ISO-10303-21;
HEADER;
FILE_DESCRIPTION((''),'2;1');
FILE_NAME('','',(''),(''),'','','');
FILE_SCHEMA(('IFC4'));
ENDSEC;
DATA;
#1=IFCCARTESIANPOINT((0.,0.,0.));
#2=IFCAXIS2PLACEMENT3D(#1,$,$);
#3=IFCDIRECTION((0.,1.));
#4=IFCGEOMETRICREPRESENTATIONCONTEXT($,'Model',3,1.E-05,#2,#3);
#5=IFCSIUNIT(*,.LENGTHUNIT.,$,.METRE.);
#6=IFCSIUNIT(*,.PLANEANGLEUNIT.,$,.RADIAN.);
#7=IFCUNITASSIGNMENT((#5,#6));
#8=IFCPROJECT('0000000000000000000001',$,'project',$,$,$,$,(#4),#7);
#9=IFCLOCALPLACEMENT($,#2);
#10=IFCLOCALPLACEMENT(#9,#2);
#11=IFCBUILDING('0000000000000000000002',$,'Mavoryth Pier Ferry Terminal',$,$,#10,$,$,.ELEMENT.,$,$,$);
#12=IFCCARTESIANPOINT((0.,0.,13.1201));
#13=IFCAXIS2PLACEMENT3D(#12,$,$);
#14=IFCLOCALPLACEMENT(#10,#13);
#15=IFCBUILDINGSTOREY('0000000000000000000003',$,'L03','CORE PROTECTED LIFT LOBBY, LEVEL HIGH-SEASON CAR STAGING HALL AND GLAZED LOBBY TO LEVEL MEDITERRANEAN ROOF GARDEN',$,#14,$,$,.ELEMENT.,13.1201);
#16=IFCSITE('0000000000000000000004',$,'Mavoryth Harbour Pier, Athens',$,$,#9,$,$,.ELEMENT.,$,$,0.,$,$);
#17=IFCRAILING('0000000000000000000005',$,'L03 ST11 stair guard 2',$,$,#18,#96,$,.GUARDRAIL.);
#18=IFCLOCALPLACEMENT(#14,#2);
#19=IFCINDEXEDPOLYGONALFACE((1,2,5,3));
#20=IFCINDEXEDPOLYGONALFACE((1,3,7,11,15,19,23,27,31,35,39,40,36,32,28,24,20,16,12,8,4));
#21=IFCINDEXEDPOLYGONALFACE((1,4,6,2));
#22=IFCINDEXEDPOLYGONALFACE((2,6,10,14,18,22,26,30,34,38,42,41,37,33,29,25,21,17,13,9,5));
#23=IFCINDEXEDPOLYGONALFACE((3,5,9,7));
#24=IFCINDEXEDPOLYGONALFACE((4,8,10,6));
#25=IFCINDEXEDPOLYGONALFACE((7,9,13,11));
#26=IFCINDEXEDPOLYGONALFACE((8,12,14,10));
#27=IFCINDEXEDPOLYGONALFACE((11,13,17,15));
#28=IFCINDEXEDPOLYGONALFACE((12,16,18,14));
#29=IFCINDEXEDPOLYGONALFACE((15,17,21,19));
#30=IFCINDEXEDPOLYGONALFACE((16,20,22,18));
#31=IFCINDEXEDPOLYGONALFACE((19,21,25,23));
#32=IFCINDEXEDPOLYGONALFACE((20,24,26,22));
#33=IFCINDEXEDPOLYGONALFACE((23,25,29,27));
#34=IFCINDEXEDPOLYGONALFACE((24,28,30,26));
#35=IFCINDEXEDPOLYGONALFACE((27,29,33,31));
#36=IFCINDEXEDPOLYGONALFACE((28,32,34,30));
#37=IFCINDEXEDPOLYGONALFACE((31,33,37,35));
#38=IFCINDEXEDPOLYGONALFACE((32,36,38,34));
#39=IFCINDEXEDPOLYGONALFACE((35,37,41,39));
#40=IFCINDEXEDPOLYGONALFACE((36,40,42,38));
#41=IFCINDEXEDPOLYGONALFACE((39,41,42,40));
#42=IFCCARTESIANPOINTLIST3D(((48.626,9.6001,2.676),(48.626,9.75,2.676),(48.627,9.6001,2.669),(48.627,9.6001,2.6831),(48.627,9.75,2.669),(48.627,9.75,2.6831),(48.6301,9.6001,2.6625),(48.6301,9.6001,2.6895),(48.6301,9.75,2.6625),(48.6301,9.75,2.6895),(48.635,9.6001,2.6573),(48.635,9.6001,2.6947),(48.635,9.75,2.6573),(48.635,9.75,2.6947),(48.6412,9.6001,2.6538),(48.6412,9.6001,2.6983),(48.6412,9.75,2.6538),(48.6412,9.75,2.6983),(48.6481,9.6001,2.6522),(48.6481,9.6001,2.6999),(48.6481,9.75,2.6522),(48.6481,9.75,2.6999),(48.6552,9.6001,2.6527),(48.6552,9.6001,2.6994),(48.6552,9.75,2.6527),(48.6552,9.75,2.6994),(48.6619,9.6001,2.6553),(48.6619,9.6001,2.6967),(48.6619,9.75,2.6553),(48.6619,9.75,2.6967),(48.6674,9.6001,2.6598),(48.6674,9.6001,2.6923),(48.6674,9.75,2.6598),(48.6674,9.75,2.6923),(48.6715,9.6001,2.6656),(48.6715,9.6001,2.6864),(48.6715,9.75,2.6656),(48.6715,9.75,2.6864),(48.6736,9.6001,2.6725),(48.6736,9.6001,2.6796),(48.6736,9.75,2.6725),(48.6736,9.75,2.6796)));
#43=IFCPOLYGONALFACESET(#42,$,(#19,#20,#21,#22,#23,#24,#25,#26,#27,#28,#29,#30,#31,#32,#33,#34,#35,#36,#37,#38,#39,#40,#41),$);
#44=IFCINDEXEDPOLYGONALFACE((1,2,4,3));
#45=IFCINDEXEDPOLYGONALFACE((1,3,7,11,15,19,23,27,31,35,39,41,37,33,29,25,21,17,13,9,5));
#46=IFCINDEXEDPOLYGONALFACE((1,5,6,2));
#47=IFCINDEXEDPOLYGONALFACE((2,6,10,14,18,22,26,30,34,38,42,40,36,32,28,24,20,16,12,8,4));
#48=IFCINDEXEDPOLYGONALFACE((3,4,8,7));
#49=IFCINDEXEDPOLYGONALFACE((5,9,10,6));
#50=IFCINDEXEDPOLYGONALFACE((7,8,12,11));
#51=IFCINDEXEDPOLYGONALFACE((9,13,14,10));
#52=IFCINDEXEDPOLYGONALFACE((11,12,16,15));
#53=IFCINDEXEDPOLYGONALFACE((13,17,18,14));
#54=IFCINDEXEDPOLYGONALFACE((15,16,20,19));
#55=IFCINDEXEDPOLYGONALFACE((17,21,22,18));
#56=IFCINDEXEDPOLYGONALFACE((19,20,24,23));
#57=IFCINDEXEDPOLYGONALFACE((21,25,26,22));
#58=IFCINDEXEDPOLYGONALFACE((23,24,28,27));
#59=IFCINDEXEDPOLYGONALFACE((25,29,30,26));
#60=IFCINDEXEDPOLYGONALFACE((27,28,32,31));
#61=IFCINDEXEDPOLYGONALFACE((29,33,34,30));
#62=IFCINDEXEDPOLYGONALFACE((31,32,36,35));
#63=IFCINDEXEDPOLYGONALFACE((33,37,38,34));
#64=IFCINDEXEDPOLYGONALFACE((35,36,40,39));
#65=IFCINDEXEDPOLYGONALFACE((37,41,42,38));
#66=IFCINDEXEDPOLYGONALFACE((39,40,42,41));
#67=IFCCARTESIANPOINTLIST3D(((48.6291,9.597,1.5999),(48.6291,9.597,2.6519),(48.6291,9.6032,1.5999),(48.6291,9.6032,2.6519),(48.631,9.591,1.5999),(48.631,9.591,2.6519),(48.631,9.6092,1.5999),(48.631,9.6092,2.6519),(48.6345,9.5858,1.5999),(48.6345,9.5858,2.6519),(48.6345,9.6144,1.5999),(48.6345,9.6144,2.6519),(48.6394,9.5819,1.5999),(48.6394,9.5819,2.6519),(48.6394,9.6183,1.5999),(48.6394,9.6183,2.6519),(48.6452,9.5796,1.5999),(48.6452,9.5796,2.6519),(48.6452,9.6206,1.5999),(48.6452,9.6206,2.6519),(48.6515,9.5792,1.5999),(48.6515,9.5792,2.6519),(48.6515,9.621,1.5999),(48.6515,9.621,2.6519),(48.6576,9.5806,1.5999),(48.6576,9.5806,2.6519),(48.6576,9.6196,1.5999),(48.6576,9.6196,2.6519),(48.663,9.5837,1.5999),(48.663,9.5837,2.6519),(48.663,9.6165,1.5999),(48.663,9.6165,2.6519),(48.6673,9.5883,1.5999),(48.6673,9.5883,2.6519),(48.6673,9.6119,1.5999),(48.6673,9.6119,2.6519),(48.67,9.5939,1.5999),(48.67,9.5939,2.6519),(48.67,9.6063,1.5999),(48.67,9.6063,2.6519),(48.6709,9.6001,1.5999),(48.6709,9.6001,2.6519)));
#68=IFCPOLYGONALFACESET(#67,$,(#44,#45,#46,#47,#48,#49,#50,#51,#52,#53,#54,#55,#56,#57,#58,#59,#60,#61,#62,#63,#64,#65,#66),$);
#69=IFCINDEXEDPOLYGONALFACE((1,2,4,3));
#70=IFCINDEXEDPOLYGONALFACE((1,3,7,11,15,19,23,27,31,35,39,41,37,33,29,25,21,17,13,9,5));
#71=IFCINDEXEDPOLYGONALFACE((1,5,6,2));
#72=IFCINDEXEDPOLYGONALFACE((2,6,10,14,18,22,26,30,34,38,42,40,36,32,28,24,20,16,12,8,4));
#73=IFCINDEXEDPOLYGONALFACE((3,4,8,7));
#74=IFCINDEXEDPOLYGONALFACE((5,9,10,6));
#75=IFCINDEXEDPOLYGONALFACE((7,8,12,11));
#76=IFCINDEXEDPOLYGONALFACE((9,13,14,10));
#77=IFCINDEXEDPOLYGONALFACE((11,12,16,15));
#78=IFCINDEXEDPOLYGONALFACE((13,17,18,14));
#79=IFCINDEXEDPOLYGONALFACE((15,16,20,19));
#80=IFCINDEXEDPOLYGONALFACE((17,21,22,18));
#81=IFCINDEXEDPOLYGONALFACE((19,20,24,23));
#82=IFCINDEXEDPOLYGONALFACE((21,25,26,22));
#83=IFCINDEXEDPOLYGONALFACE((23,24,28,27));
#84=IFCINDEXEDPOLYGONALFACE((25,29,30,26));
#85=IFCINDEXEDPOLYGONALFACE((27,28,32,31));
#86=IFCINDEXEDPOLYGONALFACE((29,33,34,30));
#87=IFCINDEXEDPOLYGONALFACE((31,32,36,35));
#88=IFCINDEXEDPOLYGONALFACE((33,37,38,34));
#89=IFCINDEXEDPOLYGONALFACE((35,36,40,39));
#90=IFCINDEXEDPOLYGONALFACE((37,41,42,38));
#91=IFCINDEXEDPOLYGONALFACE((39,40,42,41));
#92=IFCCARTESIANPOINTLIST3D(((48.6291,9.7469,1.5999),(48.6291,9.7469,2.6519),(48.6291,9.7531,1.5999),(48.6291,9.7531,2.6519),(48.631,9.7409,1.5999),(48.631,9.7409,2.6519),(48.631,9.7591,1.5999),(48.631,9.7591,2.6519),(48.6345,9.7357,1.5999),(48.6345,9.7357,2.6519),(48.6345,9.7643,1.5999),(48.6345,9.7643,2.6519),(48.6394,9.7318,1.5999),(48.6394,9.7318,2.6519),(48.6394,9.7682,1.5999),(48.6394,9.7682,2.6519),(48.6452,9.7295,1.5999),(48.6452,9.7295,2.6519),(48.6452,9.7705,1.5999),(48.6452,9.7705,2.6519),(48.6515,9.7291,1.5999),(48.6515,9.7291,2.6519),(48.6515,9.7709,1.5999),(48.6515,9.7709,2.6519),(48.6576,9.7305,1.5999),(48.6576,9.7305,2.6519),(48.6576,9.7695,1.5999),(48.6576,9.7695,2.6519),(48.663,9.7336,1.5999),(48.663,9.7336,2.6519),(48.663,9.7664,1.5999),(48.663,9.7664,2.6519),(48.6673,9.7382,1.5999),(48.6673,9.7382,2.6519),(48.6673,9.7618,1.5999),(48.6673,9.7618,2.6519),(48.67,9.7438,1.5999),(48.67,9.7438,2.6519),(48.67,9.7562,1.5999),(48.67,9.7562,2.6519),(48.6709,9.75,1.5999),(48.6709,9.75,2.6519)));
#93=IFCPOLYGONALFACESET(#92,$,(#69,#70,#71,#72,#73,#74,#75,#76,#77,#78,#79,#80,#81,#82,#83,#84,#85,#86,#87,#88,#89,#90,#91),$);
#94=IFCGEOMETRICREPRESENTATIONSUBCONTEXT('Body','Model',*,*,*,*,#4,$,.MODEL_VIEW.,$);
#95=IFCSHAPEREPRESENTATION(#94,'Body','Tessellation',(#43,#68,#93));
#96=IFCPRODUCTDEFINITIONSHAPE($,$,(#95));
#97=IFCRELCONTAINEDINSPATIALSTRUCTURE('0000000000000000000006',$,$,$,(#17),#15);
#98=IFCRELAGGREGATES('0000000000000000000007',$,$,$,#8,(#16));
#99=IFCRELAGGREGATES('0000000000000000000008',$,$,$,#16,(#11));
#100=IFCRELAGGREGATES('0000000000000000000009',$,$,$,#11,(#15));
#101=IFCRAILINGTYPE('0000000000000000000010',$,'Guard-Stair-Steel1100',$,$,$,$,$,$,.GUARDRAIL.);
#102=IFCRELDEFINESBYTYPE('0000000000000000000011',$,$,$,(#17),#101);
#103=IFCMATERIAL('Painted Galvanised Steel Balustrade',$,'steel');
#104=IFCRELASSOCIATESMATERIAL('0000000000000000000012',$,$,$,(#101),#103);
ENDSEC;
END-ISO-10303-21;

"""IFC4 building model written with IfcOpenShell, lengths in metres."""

from ifc_helpers import new_model, si_unit, direction, frame, origin, origin_2d, place, context, subcontext, project, spatial, circle, extrude, material, type_object, element, save


model = new_model("IFC4")

# Units and contexts
model_context = context("Model", 3, precision=1e-05, world=origin(), true_north=direction((0.0, 1.0)))
body_context = subcontext(model_context, "Body", "Model", "MODEL_VIEW")
ifc_project = project(units=[si_unit("LENGTHUNIT", "METRE"), si_unit("PLANEANGLEUNIT", "RADIAN")], contexts=[model_context])

# Site, building, storey
site_placement = place(None, origin())
site = spatial("IfcSite", under=ifc_project, at=site_placement, Name="Mavoryth Harbour Pier, Athens", CompositionType="ELEMENT", RefElevation=0.0)
building_placement = place(site_placement, origin())
building = spatial("IfcBuilding", under=site, at=building_placement, Name="Mavoryth Pier Ferry Terminal", CompositionType="ELEMENT")
storey_placement = place(building_placement, frame((0.0, 0.0, 13.1201)))
storey = spatial("IfcBuildingStorey", under=building, at=storey_placement, Name="L03", Description="CORE PROTECTED LIFT LOBBY, LEVEL HIGH-SEASON CAR STAGING HALL AND GLAZED LOBBY TO LEVEL MEDITERRANEAN ROOF GARDEN", CompositionType="ELEMENT", Elevation=13.1201)

# Railing
ifc_material_1 = material(Name="Painted Galvanised Steel Balustrade", Category="steel")
railing_type_1 = type_object("IfcRailingType", Name="Guard-Stair-Steel1100", PredefinedType="GUARDRAIL", material=ifc_material_1)
railing_1_placement = place(storey_placement, frame((48.6499, 9.6001, 1.5999)))
element("IfcRailing", 1, at=railing_1_placement, inside=storey, type_object=railing_type_1, Name="L03 ST11 stair guard 2", PredefinedType="GUARDRAIL", context=body_context, shape_type="SweptSolid", body=[
    extrude(circle(Radius=0.0239, at=origin_2d()), frame((0.0, 0.0, 1.0762), z_axis=(0.0, 1.0, 0.0), x_axis=(-1.0, 0.0, 0.0)), (0.0, 0.0, 1.0), 0.1499),
    extrude(circle(Radius=0.021, at=origin_2d()), origin(), (0.0, 0.0, 1.0), 1.052),
    extrude(circle(Radius=0.021, at=origin_2d()), frame((0.0, 0.1499, 0.0)), (0.0, 0.0, 1.0), 1.052),
])

save(model, "model.ifc")
